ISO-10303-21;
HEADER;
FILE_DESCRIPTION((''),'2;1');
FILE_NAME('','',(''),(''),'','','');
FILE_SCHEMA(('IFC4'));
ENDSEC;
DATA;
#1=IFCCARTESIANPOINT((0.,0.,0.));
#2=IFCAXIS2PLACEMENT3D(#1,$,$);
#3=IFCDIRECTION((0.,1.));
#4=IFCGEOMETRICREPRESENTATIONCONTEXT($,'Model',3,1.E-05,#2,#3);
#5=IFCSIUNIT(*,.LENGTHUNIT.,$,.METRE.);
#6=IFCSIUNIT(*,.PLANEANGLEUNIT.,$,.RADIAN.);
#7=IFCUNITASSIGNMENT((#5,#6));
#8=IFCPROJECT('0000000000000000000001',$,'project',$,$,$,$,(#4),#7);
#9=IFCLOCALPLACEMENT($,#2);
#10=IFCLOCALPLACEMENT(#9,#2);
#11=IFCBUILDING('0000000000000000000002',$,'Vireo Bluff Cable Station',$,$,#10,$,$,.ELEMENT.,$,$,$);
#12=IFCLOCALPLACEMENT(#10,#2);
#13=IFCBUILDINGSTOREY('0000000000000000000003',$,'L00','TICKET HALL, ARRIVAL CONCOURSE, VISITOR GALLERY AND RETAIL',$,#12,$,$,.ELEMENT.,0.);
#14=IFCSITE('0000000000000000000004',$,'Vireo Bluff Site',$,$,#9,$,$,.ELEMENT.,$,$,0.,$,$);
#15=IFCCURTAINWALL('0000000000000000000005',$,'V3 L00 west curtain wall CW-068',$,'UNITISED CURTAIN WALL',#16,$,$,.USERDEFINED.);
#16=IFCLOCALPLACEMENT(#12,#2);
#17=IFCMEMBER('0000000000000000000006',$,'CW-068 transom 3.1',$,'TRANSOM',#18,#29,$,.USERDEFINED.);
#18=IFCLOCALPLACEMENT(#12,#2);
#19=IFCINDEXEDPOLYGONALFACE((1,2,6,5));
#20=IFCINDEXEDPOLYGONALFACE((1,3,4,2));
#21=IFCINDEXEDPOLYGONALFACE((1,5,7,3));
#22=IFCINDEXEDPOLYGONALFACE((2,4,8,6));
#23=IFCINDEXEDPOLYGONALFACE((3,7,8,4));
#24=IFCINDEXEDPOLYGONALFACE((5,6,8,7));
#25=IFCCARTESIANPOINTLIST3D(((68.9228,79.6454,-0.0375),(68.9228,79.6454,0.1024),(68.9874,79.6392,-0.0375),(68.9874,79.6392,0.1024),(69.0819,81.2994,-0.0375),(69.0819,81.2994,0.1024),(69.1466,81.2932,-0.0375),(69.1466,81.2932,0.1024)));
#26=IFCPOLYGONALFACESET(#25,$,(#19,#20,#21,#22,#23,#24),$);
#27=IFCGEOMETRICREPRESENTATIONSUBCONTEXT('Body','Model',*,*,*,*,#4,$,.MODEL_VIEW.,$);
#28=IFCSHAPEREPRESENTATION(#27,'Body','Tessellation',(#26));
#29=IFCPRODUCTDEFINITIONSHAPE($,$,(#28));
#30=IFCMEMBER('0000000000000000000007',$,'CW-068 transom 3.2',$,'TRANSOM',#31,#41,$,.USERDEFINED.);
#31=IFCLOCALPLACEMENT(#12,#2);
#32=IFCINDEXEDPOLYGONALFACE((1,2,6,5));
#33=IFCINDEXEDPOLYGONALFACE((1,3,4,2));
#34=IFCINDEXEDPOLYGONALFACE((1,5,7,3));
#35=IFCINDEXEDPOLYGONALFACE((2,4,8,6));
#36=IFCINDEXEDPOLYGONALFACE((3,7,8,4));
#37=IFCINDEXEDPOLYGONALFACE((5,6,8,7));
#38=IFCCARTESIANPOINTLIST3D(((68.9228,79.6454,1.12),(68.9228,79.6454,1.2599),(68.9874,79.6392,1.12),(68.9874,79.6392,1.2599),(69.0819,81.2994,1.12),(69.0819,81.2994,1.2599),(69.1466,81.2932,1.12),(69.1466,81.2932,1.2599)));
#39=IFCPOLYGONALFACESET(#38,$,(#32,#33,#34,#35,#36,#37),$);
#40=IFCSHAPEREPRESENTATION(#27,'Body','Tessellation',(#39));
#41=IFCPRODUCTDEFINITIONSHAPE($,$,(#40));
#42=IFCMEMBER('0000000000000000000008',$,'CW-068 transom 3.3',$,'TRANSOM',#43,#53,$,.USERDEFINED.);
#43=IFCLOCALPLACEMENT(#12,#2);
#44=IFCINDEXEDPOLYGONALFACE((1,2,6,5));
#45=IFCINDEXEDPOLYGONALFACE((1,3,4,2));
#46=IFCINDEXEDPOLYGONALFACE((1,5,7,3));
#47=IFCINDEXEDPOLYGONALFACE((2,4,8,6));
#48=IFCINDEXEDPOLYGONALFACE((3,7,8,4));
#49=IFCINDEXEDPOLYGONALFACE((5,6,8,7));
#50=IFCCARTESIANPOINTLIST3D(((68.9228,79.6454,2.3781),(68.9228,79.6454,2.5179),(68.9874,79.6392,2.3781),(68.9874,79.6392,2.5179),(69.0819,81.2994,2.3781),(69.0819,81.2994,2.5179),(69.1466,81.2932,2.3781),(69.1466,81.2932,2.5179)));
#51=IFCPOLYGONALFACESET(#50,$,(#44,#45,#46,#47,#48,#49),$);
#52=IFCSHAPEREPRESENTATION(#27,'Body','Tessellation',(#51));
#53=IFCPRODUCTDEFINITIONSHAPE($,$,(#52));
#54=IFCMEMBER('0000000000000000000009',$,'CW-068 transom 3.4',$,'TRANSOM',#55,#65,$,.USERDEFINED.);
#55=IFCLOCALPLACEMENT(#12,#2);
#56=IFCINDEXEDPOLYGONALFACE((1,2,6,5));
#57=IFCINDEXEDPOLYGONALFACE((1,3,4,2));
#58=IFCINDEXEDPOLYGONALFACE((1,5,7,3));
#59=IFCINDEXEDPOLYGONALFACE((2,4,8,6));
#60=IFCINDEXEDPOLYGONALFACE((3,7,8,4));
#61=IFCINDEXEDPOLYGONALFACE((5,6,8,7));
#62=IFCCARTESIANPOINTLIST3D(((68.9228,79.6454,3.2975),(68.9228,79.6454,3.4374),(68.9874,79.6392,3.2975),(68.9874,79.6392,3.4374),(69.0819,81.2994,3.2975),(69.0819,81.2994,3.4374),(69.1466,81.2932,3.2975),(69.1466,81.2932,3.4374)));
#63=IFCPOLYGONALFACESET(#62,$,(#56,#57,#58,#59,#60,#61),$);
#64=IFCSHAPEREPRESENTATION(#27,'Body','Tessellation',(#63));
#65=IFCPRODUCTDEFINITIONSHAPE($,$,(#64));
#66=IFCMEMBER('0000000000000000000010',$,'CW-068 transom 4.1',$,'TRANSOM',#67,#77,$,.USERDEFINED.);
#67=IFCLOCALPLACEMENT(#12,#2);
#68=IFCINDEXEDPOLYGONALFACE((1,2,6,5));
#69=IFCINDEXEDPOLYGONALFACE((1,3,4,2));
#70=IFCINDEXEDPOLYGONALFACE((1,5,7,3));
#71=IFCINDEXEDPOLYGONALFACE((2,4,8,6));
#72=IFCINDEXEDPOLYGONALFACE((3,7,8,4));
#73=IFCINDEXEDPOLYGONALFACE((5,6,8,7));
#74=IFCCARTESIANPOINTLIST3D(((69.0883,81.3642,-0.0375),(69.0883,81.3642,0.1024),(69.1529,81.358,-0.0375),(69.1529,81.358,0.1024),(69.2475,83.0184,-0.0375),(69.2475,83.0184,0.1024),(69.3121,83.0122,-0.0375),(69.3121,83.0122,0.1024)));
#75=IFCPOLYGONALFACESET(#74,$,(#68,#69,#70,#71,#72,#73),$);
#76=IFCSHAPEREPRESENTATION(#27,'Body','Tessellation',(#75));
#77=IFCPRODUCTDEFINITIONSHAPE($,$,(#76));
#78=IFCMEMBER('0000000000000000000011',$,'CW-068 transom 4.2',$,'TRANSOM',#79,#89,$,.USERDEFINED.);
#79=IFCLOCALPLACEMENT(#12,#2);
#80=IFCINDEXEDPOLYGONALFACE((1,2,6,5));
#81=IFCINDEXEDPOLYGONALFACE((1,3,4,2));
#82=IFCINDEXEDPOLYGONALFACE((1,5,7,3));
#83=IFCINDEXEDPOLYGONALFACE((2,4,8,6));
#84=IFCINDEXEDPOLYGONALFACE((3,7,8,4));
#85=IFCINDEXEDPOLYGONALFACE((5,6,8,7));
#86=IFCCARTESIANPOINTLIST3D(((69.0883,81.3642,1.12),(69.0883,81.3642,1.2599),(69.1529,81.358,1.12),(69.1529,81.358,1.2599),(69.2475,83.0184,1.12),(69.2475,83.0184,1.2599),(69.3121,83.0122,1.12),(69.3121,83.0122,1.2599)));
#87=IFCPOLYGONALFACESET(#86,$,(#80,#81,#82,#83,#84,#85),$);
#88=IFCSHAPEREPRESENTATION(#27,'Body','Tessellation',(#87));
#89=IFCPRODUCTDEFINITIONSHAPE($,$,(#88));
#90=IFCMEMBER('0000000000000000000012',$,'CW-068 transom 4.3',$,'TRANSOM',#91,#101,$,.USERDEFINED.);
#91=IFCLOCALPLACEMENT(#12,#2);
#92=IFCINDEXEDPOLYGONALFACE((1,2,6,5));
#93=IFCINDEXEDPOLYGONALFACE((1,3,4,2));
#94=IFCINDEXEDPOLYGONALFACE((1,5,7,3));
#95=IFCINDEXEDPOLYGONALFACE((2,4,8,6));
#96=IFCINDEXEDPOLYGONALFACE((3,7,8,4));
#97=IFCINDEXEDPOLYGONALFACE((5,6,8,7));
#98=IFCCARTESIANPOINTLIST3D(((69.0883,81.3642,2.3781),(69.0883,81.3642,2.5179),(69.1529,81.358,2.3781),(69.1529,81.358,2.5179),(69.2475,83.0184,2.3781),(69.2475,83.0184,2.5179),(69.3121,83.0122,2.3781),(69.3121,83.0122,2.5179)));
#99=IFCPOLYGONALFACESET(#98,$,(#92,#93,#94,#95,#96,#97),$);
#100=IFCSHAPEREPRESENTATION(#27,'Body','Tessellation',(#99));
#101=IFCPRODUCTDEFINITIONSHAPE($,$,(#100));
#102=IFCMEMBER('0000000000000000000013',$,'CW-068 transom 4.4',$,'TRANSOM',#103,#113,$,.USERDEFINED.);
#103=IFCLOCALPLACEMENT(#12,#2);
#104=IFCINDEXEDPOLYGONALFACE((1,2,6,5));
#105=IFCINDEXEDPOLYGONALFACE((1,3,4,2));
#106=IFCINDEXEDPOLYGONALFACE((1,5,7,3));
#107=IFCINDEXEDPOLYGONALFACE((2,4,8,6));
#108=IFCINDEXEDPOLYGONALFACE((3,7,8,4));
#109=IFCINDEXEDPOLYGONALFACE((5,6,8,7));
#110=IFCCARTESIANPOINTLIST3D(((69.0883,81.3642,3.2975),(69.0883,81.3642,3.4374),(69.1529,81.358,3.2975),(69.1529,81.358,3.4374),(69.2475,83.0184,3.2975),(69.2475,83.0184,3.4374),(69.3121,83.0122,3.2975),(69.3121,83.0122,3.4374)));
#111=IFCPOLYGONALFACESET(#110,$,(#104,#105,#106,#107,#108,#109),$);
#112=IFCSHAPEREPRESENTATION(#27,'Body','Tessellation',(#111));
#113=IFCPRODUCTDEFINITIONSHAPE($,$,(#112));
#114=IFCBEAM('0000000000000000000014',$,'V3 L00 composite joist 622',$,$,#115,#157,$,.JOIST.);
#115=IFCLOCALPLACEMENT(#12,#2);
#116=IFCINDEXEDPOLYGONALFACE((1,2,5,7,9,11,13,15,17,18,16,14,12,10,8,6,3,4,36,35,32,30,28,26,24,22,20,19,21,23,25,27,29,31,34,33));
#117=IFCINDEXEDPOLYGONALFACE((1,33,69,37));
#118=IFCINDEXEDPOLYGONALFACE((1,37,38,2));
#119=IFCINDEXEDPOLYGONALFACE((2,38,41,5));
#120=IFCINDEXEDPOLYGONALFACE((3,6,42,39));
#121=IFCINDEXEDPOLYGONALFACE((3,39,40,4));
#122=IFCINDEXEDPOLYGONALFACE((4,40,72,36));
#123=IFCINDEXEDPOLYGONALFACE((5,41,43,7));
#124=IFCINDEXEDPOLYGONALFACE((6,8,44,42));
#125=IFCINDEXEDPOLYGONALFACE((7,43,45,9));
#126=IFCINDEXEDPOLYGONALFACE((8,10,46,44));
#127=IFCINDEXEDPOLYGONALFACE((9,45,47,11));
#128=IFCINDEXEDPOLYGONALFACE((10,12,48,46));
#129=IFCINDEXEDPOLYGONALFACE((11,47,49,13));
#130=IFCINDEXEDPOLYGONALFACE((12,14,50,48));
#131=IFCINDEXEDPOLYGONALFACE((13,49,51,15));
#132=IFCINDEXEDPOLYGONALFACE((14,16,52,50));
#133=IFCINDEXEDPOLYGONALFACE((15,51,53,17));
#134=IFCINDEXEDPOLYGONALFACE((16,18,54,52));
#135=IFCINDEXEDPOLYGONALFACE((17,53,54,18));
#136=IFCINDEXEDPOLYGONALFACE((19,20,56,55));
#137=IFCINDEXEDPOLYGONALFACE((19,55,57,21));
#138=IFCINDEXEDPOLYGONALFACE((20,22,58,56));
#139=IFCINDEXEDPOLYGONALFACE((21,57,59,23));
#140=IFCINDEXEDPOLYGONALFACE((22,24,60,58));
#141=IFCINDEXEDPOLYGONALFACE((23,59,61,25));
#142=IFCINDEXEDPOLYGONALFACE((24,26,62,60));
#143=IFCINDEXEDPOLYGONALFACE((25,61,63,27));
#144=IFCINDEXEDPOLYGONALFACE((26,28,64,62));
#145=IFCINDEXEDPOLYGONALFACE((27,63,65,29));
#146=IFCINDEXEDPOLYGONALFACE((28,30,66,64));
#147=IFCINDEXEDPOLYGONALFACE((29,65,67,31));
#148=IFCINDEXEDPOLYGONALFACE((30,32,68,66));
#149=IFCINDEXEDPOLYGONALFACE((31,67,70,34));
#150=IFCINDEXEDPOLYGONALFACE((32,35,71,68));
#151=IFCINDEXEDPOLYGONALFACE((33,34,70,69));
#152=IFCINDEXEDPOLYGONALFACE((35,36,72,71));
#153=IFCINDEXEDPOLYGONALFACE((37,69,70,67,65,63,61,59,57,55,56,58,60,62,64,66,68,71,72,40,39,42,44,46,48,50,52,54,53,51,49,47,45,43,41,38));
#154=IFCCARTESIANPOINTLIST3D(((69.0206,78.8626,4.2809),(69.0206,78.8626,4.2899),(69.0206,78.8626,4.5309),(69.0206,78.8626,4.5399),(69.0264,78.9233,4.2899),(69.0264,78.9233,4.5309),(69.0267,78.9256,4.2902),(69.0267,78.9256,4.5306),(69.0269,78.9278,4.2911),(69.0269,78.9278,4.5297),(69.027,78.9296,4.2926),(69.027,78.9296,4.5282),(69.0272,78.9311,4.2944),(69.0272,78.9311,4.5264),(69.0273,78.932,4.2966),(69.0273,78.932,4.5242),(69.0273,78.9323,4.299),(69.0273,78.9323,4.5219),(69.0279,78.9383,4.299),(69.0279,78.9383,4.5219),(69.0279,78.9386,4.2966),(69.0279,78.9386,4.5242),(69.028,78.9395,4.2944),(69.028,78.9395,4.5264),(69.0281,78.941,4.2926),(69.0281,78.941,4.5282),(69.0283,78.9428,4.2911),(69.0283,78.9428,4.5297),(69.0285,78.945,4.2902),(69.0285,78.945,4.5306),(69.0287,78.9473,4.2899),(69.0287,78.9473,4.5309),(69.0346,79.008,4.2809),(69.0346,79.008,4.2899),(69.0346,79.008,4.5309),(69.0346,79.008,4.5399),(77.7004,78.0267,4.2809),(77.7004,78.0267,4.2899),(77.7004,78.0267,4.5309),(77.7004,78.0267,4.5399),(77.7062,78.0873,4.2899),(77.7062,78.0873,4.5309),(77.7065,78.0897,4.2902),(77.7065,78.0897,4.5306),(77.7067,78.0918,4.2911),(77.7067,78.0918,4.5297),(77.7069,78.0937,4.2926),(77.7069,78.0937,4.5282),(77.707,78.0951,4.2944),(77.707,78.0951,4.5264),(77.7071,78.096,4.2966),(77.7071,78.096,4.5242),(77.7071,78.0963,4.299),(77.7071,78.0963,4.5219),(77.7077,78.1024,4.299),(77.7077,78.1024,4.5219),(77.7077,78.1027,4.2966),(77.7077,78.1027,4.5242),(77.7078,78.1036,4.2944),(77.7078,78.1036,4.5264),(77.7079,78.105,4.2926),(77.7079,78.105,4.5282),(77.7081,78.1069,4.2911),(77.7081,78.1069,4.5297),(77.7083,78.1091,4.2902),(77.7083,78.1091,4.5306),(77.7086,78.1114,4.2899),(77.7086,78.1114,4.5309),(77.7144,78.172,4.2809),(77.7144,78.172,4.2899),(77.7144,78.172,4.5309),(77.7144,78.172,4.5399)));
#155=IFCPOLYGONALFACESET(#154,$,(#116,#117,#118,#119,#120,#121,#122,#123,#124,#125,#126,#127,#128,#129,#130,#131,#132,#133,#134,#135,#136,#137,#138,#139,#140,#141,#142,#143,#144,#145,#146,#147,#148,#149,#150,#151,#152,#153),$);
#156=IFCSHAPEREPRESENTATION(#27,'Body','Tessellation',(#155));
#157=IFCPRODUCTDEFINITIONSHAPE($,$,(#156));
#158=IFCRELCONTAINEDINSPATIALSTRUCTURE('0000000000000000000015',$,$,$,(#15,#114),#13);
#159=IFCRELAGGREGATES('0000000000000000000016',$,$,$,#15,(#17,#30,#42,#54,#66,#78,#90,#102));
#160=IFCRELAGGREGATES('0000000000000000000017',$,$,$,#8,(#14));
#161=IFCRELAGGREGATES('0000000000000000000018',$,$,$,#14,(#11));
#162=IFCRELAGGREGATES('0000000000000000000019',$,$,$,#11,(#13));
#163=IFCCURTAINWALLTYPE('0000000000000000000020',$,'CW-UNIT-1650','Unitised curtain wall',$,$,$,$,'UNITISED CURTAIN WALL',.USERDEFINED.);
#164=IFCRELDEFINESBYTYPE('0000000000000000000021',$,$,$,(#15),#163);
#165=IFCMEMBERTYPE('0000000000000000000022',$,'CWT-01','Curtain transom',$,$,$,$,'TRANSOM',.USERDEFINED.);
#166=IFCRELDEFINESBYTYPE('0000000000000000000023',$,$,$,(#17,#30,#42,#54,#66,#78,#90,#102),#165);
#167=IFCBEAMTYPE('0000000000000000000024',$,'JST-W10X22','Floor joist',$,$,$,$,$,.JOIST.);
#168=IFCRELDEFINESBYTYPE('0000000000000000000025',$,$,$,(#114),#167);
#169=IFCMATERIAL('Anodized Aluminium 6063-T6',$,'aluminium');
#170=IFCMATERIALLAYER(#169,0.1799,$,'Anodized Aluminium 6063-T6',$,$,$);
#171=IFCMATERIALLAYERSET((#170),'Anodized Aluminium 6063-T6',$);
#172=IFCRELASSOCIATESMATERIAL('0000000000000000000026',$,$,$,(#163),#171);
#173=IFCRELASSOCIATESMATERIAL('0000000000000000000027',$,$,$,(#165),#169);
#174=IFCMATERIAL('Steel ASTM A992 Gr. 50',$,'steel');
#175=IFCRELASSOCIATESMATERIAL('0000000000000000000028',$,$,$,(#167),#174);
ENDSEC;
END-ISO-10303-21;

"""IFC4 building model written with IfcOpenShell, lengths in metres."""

from ifc_helpers import new_model, si_unit, direction, frame, origin, origin_2d, place, context, subcontext, project, spatial, rectangle, i_section, extrude, material, layer, layer_set, material_profile, profile_set, type_object, element, aggregate, save


model = new_model("IFC4")

# Units and contexts
model_context = context("Model", 3, precision=1e-05, world=origin(), true_north=direction((0.0, 1.0)))
body_context = subcontext(model_context, "Body", "Model", "MODEL_VIEW")
ifc_project = project(units=[si_unit("LENGTHUNIT", "METRE"), si_unit("PLANEANGLEUNIT", "RADIAN")], contexts=[model_context])

# Site, building, storey
site_placement = place(None, origin())
site = spatial("IfcSite", under=ifc_project, at=site_placement, Name="Vireo Bluff Site", CompositionType="ELEMENT", RefElevation=0.0)
building_placement = place(site_placement, origin())
building = spatial("IfcBuilding", under=site, at=building_placement, Name="Vireo Bluff Cable Station", CompositionType="ELEMENT")
storey_placement = place(building_placement, origin())
storey = spatial("IfcBuildingStorey", under=building, at=storey_placement, Name="L00", Description="TICKET HALL, ARRIVAL CONCOURSE, VISITOR GALLERY AND RETAIL", CompositionType="ELEMENT", Elevation=0.0)

# Shared definitions
ifc_material_1 = material(Name="Steel ASTM A992 Gr. 50", Category="steel")

# Curtain wall, members
ifc_material_2 = material(Name="Anodized Aluminium 6063-T6", Category="aluminium")
ifc_layer_1 = layer(ifc_material_2, 0.1799, Name="Anodized Aluminium 6063-T6")
ifc_layer_set_1 = layer_set([ifc_layer_1], Name="Anodized Aluminium 6063-T6")
curtain_wall_type = type_object("IfcCurtainWallType", Name="CW-UNIT-1650", Description="Unitised curtain wall", ElementType="UNITISED CURTAIN WALL", PredefinedType="USERDEFINED", material=ifc_layer_set_1)
curtain_wall_placement = place(storey_placement, origin())
curtain_wall = element("IfcCurtainWall", 1, at=curtain_wall_placement, inside=storey, type_object=curtain_wall_type, Name="V3 L00 west curtain wall CW-068", ObjectType="UNITISED CURTAIN WALL", PredefinedType="USERDEFINED")
ifc_material_profile_1 = material_profile(ifc_material_2, rectangle(XDim=0.0649, YDim=0.1399, at=origin_2d()), Name="ALU-T-65X140")
ifc_profile_set_1 = profile_set([ifc_material_profile_1], Name="Anodized Aluminium 6063-T6")
member_type_1 = type_object("IfcMemberType", Name="CWT-01", Description="Curtain transom", ElementType="TRANSOM", PredefinedType="USERDEFINED", material=ifc_profile_set_1)
member_1_placement = place(storey_placement, frame((68.9551, 79.6423, 0.0325), z_axis=(0.095794, 0.995401, 0.0), x_axis=(-0.995401, 0.095794, 0.0)))
member_1 = element("IfcMember", 2, at=member_1_placement, type_object=member_type_1, Name="CW-068 transom 3.1", ObjectType="TRANSOM", PredefinedType="USERDEFINED", context=body_context, shape_type="SweptSolid", body=[
    extrude(rectangle(XDim=0.0649, YDim=0.1399, at=origin_2d()), origin(), (0.0, 0.0, 1.0), 1.6616),
])
member_2_placement = place(storey_placement, frame((68.9551, 79.6423, 1.1899), z_axis=(0.095794, 0.995401, 0.0), x_axis=(-0.995401, 0.095794, 0.0)))
member_2 = element("IfcMember", 3, at=member_2_placement, type_object=member_type_1, Name="CW-068 transom 3.2", ObjectType="TRANSOM", PredefinedType="USERDEFINED", context=body_context, shape_type="SweptSolid", body=[
    extrude(rectangle(XDim=0.0649, YDim=0.1399, at=origin_2d()), origin(), (0.0, 0.0, 1.0), 1.6616),
])
member_3_placement = place(storey_placement, frame((68.9551, 79.6423, 2.448), z_axis=(0.095794, 0.995401, 0.0), x_axis=(-0.995401, 0.095794, 0.0)))
member_3 = element("IfcMember", 4, at=member_3_placement, type_object=member_type_1, Name="CW-068 transom 3.3", ObjectType="TRANSOM", PredefinedType="USERDEFINED", context=body_context, shape_type="SweptSolid", body=[
    extrude(rectangle(XDim=0.0649, YDim=0.1399, at=origin_2d()), origin(), (0.0, 0.0, 1.0), 1.6616),
])
member_4_placement = place(storey_placement, frame((68.9551, 79.6423, 3.3674), z_axis=(0.095794, 0.995401, 0.0), x_axis=(-0.995401, 0.095794, 0.0)))
member_4 = element("IfcMember", 5, at=member_4_placement, type_object=member_type_1, Name="CW-068 transom 3.4", ObjectType="TRANSOM", PredefinedType="USERDEFINED", context=body_context, shape_type="SweptSolid", body=[
    extrude(rectangle(XDim=0.0649, YDim=0.1399, at=origin_2d()), origin(), (0.0, 0.0, 1.0), 1.6616),
])
member_5_placement = place(storey_placement, frame((69.1206, 81.3611, 0.0325), z_axis=(0.09578, 0.995403, 0.0), x_axis=(-0.995403, 0.09578, 0.0)))
member_5 = element("IfcMember", 6, at=member_5_placement, type_object=member_type_1, Name="CW-068 transom 4.1", ObjectType="TRANSOM", PredefinedType="USERDEFINED", context=body_context, shape_type="SweptSolid", body=[
    extrude(rectangle(XDim=0.0649, YDim=0.1399, at=origin_2d()), origin(), (0.0, 0.0, 1.0), 1.6619),
])
member_6_placement = place(storey_placement, frame((69.1206, 81.3611, 1.1899), z_axis=(0.09578, 0.995403, 0.0), x_axis=(-0.995403, 0.09578, 0.0)))
member_6 = element("IfcMember", 7, at=member_6_placement, type_object=member_type_1, Name="CW-068 transom 4.2", ObjectType="TRANSOM", PredefinedType="USERDEFINED", context=body_context, shape_type="SweptSolid", body=[
    extrude(rectangle(XDim=0.0649, YDim=0.1399, at=origin_2d()), origin(), (0.0, 0.0, 1.0), 1.6619),
])
member_7_placement = place(storey_placement, frame((69.1206, 81.3611, 2.448), z_axis=(0.09578, 0.995403, 0.0), x_axis=(-0.995403, 0.09578, 0.0)))
member_7 = element("IfcMember", 8, at=member_7_placement, type_object=member_type_1, Name="CW-068 transom 4.3", ObjectType="TRANSOM", PredefinedType="USERDEFINED", context=body_context, shape_type="SweptSolid", body=[
    extrude(rectangle(XDim=0.0649, YDim=0.1399, at=origin_2d()), origin(), (0.0, 0.0, 1.0), 1.6619),
])
member_8_placement = place(storey_placement, frame((69.1206, 81.3611, 3.3674), z_axis=(0.09578, 0.995403, 0.0), x_axis=(-0.995403, 0.09578, 0.0)))
member_8 = element("IfcMember", 9, at=member_8_placement, type_object=member_type_1, Name="CW-068 transom 4.4", ObjectType="TRANSOM", PredefinedType="USERDEFINED", context=body_context, shape_type="SweptSolid", body=[
    extrude(rectangle(XDim=0.0649, YDim=0.1399, at=origin_2d()), origin(), (0.0, 0.0, 1.0), 1.6619),
])

# Beam
ifc_material_profile_2 = material_profile(ifc_material_1, i_section(OverallWidth=0.146, OverallDepth=0.259, WebThickness=0.0061, FlangeThickness=0.009, FilletRadius=0.009, at=origin_2d()), Name="W10X22")
ifc_profile_set_2 = profile_set([ifc_material_profile_2], Name="Steel ASTM A992 Gr. 50")
beam_type_1 = type_object("IfcBeamType", Name="JST-W10X22", Description="Floor joist", PredefinedType="JOIST", material=ifc_profile_set_2)
beam_1_placement = place(storey_placement, frame((69.0276, 78.9353, 4.4104), z_axis=(0.995395, -0.095863, 0.0), x_axis=(0.095863, 0.995395, 0.0)))
element("IfcBeam", 10, at=beam_1_placement, inside=storey, type_object=beam_type_1, Name="V3 L00 composite joist 622", PredefinedType="JOIST", context=body_context, shape_type="SweptSolid", body=[
    extrude(i_section(OverallWidth=0.146, OverallDepth=0.259, WebThickness=0.0061, FlangeThickness=0.009, FilletRadius=0.009, at=origin_2d()), origin(), (0.0, 0.0, 1.0), 8.72),
])

aggregate(curtain_wall, [member_1, member_2, member_3, member_4, member_5, member_6, member_7, member_8])

save(model, "model.ifc")
